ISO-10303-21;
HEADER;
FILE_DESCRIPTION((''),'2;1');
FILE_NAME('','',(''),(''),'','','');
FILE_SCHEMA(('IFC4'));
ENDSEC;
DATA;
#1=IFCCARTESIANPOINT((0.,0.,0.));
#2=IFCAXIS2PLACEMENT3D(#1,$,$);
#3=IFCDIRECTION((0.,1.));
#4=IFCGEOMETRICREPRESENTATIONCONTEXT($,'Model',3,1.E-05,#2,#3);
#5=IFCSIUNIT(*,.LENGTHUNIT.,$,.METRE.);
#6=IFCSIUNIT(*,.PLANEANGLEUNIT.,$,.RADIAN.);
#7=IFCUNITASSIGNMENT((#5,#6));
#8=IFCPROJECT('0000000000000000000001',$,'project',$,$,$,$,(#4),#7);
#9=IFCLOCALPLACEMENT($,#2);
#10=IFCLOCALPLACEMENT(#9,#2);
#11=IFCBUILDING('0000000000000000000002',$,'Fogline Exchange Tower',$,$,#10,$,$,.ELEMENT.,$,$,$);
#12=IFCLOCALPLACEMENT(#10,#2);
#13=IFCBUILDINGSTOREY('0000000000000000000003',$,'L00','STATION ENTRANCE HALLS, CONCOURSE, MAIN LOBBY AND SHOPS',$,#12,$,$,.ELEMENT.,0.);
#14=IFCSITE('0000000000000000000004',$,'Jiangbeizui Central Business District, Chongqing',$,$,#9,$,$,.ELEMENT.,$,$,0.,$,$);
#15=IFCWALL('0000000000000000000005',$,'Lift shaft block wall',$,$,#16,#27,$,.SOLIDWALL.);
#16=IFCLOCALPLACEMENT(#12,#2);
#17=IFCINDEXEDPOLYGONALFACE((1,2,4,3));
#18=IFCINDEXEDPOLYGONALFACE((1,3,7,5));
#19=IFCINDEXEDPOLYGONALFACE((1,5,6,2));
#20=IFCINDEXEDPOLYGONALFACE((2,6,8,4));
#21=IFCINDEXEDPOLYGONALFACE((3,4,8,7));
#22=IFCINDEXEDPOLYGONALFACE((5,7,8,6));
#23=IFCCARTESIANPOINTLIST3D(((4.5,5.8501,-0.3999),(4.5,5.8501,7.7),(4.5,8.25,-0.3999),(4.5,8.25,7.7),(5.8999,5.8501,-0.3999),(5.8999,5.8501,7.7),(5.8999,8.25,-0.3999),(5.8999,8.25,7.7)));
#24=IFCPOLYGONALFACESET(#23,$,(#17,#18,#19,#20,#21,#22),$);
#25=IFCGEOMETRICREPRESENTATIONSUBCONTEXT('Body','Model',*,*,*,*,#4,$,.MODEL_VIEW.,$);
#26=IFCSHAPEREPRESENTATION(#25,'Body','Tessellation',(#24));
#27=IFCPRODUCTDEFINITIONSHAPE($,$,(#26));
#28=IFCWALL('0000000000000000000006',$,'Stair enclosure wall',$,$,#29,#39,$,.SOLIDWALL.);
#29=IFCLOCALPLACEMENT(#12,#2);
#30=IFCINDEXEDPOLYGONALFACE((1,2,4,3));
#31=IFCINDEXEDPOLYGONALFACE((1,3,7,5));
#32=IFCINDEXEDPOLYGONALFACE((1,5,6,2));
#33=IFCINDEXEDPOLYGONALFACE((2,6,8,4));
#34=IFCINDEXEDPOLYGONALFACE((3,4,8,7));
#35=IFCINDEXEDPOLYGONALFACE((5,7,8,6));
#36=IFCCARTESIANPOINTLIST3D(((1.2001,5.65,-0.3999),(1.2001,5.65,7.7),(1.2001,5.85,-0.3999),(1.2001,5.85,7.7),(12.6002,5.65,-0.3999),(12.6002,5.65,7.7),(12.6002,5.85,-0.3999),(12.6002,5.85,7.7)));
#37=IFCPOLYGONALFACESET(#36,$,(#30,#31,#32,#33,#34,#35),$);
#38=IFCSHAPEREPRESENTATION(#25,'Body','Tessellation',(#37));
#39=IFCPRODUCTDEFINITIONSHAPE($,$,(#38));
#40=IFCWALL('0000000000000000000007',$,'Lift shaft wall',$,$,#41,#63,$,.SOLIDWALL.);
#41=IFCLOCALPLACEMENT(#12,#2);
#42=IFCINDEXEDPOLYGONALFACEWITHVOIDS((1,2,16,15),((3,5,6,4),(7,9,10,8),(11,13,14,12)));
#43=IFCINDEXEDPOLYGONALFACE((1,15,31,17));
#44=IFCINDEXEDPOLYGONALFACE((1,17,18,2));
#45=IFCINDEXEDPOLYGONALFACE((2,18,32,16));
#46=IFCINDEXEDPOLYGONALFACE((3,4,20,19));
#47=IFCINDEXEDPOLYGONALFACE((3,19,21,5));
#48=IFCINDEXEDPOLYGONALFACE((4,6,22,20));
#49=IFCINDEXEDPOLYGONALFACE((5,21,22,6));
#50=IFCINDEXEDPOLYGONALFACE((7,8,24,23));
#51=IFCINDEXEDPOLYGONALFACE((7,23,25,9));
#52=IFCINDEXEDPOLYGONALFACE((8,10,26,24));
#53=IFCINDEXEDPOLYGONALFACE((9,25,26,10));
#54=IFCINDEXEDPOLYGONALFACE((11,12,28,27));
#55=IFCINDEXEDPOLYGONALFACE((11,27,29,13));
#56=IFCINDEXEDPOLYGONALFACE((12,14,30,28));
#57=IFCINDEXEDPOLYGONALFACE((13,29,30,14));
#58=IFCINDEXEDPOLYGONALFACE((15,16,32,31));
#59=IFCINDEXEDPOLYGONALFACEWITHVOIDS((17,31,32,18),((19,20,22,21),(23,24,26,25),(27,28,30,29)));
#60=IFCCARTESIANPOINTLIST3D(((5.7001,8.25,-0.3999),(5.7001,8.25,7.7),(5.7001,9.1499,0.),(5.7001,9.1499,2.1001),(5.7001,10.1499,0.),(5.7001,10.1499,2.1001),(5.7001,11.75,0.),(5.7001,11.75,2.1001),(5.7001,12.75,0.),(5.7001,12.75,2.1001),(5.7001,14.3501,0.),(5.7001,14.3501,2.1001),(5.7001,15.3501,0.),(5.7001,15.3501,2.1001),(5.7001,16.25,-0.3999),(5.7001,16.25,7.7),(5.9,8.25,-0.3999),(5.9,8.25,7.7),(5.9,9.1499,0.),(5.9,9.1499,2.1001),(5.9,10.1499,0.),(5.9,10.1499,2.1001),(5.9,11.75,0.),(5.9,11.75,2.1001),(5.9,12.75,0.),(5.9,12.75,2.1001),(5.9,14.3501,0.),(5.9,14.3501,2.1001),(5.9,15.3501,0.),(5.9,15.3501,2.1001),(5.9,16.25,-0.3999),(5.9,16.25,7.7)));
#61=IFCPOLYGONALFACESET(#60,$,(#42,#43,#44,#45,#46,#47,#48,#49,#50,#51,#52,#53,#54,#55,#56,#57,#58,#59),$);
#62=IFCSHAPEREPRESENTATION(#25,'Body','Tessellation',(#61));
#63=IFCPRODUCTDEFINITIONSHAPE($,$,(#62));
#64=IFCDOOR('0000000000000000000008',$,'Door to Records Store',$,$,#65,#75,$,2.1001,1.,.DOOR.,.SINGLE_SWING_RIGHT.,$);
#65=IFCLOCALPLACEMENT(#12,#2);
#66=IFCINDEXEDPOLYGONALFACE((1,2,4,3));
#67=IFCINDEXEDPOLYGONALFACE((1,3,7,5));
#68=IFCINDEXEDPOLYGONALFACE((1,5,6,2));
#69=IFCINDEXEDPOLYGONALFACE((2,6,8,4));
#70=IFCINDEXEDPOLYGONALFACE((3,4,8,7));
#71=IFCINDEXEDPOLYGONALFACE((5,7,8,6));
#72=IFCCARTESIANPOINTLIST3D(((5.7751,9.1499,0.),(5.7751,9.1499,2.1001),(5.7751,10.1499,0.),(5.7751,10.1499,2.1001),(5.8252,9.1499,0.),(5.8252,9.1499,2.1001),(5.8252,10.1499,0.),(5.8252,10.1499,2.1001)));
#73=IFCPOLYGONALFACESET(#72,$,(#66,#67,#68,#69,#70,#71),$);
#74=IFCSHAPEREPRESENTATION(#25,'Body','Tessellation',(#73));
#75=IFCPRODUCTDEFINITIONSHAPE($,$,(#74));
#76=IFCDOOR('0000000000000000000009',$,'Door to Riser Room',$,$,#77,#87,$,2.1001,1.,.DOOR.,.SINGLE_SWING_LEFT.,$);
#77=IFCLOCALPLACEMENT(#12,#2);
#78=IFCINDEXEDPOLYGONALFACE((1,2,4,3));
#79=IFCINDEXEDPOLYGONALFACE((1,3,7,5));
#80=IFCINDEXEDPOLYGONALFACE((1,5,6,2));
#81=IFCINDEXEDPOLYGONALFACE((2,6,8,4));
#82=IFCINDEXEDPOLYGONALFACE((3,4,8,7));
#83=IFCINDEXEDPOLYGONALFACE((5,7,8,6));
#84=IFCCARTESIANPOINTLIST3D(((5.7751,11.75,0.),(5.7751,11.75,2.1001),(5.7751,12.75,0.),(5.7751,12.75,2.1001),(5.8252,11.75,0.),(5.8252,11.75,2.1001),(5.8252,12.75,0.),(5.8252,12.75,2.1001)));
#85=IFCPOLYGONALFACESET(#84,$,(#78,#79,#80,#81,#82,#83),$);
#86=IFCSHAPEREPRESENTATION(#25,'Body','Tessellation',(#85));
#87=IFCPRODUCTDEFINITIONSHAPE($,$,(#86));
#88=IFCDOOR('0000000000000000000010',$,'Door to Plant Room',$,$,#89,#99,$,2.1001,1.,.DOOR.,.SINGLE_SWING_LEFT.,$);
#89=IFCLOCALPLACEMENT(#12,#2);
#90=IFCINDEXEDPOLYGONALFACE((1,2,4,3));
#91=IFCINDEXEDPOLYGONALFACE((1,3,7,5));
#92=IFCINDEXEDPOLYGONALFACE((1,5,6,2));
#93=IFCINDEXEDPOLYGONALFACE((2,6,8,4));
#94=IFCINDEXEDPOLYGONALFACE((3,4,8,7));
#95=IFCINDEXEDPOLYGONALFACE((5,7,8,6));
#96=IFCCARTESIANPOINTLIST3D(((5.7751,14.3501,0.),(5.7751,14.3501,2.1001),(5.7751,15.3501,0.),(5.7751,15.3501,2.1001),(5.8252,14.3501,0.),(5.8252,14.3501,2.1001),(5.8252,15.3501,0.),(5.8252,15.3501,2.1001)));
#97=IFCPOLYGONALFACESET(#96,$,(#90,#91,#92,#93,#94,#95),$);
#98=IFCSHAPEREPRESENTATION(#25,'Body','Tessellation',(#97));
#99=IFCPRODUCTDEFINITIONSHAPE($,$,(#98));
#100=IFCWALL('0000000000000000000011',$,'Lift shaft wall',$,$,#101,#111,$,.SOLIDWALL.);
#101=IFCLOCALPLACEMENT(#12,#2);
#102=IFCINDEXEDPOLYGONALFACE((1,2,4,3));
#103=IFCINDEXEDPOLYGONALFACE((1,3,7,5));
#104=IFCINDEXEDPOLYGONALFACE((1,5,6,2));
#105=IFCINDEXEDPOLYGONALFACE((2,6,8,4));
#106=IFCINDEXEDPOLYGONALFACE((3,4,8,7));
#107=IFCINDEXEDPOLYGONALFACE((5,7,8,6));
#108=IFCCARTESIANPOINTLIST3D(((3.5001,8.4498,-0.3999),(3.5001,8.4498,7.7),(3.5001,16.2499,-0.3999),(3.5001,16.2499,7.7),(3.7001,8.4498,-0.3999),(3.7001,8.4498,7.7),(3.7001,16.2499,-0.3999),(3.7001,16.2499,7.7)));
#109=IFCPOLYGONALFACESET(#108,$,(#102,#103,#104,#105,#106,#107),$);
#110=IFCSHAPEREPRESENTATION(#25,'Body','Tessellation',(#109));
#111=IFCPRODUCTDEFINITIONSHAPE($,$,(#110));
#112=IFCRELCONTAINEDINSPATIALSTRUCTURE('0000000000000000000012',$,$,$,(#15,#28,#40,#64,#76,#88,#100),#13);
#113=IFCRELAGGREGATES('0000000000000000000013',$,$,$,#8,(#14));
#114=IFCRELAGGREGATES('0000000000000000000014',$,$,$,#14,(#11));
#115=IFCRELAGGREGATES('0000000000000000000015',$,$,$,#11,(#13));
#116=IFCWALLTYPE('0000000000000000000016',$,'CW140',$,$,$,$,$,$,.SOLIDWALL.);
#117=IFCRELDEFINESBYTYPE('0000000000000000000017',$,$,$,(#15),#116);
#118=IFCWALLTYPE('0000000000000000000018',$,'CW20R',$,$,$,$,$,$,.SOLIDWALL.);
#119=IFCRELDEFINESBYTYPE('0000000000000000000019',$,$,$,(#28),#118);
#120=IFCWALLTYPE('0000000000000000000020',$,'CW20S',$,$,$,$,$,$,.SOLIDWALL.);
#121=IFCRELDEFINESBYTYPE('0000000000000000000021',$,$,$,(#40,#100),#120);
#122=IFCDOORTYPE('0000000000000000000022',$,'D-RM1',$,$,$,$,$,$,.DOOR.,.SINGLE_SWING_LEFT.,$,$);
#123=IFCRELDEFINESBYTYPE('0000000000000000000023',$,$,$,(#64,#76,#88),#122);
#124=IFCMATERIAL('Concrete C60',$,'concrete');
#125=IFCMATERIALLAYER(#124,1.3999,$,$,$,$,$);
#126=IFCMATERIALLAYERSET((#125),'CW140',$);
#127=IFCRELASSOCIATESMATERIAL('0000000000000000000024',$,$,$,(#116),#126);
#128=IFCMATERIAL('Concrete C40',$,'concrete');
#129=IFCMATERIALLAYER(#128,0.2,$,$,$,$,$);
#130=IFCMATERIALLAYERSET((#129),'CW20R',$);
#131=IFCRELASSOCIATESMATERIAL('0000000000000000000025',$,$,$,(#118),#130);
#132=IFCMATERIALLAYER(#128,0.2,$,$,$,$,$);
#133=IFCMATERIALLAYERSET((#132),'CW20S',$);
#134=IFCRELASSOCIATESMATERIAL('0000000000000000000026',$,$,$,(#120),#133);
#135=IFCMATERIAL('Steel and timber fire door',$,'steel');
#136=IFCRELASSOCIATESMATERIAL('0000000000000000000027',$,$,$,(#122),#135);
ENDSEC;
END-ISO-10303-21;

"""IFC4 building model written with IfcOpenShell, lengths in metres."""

from ifc_helpers import new_model, si_unit, direction, frame, frame_2d, origin, place, context, subcontext, project, spatial, rectangle, extrude, material, layer, layer_set, type_object, element, fill, save


model = new_model("IFC4")

# Units and contexts
model_context = context("Model", 3, precision=1e-05, world=origin(), true_north=direction((0.0, 1.0)))
body_context = subcontext(model_context, "Body", "Model", "MODEL_VIEW")
ifc_project = project(units=[si_unit("LENGTHUNIT", "METRE"), si_unit("PLANEANGLEUNIT", "RADIAN")], contexts=[model_context])

# Site, building, storey
site_placement = place(None, origin())
site = spatial("IfcSite", under=ifc_project, at=site_placement, Name="Jiangbeizui Central Business District, Chongqing", CompositionType="ELEMENT", RefElevation=0.0)
building_placement = place(site_placement, origin())
building = spatial("IfcBuilding", under=site, at=building_placement, Name="Fogline Exchange Tower", CompositionType="ELEMENT")
storey_placement = place(building_placement, origin())
storey = spatial("IfcBuildingStorey", under=building, at=storey_placement, Name="L00", Description="STATION ENTRANCE HALLS, CONCOURSE, MAIN LOBBY AND SHOPS", CompositionType="ELEMENT", Elevation=0.0)

# Walls
ifc_material_1 = material(Name="Concrete C60", Category="concrete")
ifc_layer_1 = layer(ifc_material_1, 1.3999)
ifc_layer_set_1 = layer_set([ifc_layer_1], Name="CW140")
wall_type_1 = type_object("IfcWallType", Name="CW140", PredefinedType="SOLIDWALL", material=ifc_layer_set_1)
wall_1_placement = place(storey_placement, frame((5.2, 5.8501, -0.3999), z_axis=(0.0, 0.0, 1.0), x_axis=(0.0, 1.0, 0.0)))
element("IfcWall", 1, at=wall_1_placement, inside=storey, type_object=wall_type_1, Name="Lift shaft block wall", PredefinedType="SOLIDWALL", context=body_context, shape_type="SweptSolid", body=[
    extrude(rectangle(XDim=2.3999, YDim=1.3999, at=frame_2d((1.2, 0.0))), origin(), (0.0, 0.0, 1.0), 8.0999),
])
ifc_material_2 = material(Name="Concrete C40", Category="concrete")
ifc_layer_2 = layer(ifc_material_2, 0.2)
ifc_layer_set_2 = layer_set([ifc_layer_2], Name="CW20R")
wall_type_2 = type_object("IfcWallType", Name="CW20R", PredefinedType="SOLIDWALL", material=ifc_layer_set_2)
wall_2_placement = place(storey_placement, frame((1.2, 5.75, -0.3999), z_axis=(0.0, 0.0, 1.0), x_axis=(1.0, 0.0, 0.0)))
element("IfcWall", 2, at=wall_2_placement, inside=storey, type_object=wall_type_2, Name="Stair enclosure wall", PredefinedType="SOLIDWALL", context=body_context, shape_type="SweptSolid", body=[
    extrude(rectangle(XDim=11.4001, YDim=0.2, at=frame_2d((5.7002, 0.0))), origin(), (0.0, 0.0, 1.0), 8.0999),
])

# Wall, openings, doors
ifc_layer_3 = layer(ifc_material_2, 0.2)
ifc_layer_set_3 = layer_set([ifc_layer_3], Name="CW20S")
wall_type_3 = type_object("IfcWallType", Name="CW20S", PredefinedType="SOLIDWALL", material=ifc_layer_set_3)
wall_3_placement = place(storey_placement, frame((5.8, 8.25, -0.3999), z_axis=(0.0, 0.0, 1.0), x_axis=(0.0, 1.0, 0.0)))
wall_3 = element("IfcWall", 3, at=wall_3_placement, inside=storey, type_object=wall_type_3, Name="Lift shaft wall", PredefinedType="SOLIDWALL", context=body_context, shape_type="SweptSolid", body=[
    extrude(rectangle(XDim=8.0, YDim=0.2, at=frame_2d((4.0, 0.0))), origin(), (0.0, 0.0, 1.0), 8.0999),
])
opening_1_placement = place(wall_3_placement, frame((0.8999, 0.0, 0.3999)))
opening_1 = element("IfcOpeningElement", 4, at=opening_1_placement, cuts=wall_3, PredefinedType="OPENING", context=body_context, shape_type="SweptSolid", body=[
    extrude(rectangle(XDim=1.0, YDim=2.1001, at=frame_2d((0.5, 1.05))), frame((0.0, 0.1099, 0.0), z_axis=(0.0, -1.0, 0.0), x_axis=(1.0, 0.0, 0.0)), (0.0, 0.0, 1.0), 0.22),
])
opening_2_placement = place(wall_3_placement, frame((3.5, 0.0, 0.3999)))
opening_2 = element("IfcOpeningElement", 5, at=opening_2_placement, cuts=wall_3, PredefinedType="OPENING", context=body_context, shape_type="SweptSolid", body=[
    extrude(rectangle(XDim=1.0, YDim=2.1001, at=frame_2d((0.5, 1.05))), frame((0.0, 0.1099, 0.0), z_axis=(0.0, -1.0, 0.0), x_axis=(1.0, 0.0, 0.0)), (0.0, 0.0, 1.0), 0.22),
])
opening_3_placement = place(wall_3_placement, frame((6.1001, 0.0, 0.3999)))
opening_3 = element("IfcOpeningElement", 6, at=opening_3_placement, cuts=wall_3, PredefinedType="OPENING", context=body_context, shape_type="SweptSolid", body=[
    extrude(rectangle(XDim=1.0, YDim=2.1001, at=frame_2d((0.5, 1.05))), frame((0.0, 0.1099, 0.0), z_axis=(0.0, -1.0, 0.0), x_axis=(1.0, 0.0, 0.0)), (0.0, 0.0, 1.0), 0.22),
])
ifc_material_3 = material(Name="Steel and timber fire door", Category="steel")
door_type_1 = type_object("IfcDoorType", Name="D-RM1", OperationType="SINGLE_SWING_LEFT", PredefinedType="DOOR", material=ifc_material_3)
door_1_placement = place(opening_1_placement, origin())
door_1 = element("IfcDoor", 7, at=door_1_placement, inside=storey, type_object=door_type_1, Name="Door to Records Store", OperationType="SINGLE_SWING_RIGHT", OverallHeight=2.1001, OverallWidth=1.0, PredefinedType="DOOR", context=body_context, shape_type="SweptSolid", body=[
    extrude(rectangle(XDim=1.0, YDim=2.1001, at=frame_2d((0.5, 1.05))), frame((0.0, 0.0249, 0.0), z_axis=(0.0, -1.0, 0.0), x_axis=(1.0, 0.0, 0.0)), (0.0, 0.0, 1.0), 0.05),
])
fill(opening_1, door_1)
door_2_placement = place(opening_2_placement, origin())
door_2 = element("IfcDoor", 8, at=door_2_placement, inside=storey, type_object=door_type_1, Name="Door to Riser Room", OperationType="SINGLE_SWING_LEFT", OverallHeight=2.1001, OverallWidth=1.0, PredefinedType="DOOR", context=body_context, shape_type="SweptSolid", body=[
    extrude(rectangle(XDim=1.0, YDim=2.1001, at=frame_2d((0.5, 1.05))), frame((0.0, 0.0249, 0.0), z_axis=(0.0, -1.0, 0.0), x_axis=(1.0, 0.0, 0.0)), (0.0, 0.0, 1.0), 0.05),
])
fill(opening_2, door_2)
door_3_placement = place(opening_3_placement, origin())
door_3 = element("IfcDoor", 9, at=door_3_placement, inside=storey, type_object=door_type_1, Name="Door to Plant Room", OperationType="SINGLE_SWING_LEFT", OverallHeight=2.1001, OverallWidth=1.0, PredefinedType="DOOR", context=body_context, shape_type="SweptSolid", body=[
    extrude(rectangle(XDim=1.0, YDim=2.1001, at=frame_2d((0.5, 1.05))), frame((0.0, 0.0249, 0.0), z_axis=(0.0, -1.0, 0.0), x_axis=(1.0, 0.0, 0.0)), (0.0, 0.0, 1.0), 0.05),
])
fill(opening_3, door_3)

# Wall
wall_4_placement = place(storey_placement, frame((3.6001, 8.45, -0.3999), z_axis=(0.0, 0.0, 1.0), x_axis=(0.0, 1.0, 0.0)))
element("IfcWall", 10, at=wall_4_placement, inside=storey, type_object=wall_type_3, Name="Lift shaft wall", PredefinedType="SOLIDWALL", context=body_context, shape_type="SweptSolid", body=[
    extrude(rectangle(XDim=7.8, YDim=0.2, at=frame_2d((3.8999, 0.0))), origin(), (0.0, 0.0, 1.0), 8.0999),
])

save(model, "model.ifc")
